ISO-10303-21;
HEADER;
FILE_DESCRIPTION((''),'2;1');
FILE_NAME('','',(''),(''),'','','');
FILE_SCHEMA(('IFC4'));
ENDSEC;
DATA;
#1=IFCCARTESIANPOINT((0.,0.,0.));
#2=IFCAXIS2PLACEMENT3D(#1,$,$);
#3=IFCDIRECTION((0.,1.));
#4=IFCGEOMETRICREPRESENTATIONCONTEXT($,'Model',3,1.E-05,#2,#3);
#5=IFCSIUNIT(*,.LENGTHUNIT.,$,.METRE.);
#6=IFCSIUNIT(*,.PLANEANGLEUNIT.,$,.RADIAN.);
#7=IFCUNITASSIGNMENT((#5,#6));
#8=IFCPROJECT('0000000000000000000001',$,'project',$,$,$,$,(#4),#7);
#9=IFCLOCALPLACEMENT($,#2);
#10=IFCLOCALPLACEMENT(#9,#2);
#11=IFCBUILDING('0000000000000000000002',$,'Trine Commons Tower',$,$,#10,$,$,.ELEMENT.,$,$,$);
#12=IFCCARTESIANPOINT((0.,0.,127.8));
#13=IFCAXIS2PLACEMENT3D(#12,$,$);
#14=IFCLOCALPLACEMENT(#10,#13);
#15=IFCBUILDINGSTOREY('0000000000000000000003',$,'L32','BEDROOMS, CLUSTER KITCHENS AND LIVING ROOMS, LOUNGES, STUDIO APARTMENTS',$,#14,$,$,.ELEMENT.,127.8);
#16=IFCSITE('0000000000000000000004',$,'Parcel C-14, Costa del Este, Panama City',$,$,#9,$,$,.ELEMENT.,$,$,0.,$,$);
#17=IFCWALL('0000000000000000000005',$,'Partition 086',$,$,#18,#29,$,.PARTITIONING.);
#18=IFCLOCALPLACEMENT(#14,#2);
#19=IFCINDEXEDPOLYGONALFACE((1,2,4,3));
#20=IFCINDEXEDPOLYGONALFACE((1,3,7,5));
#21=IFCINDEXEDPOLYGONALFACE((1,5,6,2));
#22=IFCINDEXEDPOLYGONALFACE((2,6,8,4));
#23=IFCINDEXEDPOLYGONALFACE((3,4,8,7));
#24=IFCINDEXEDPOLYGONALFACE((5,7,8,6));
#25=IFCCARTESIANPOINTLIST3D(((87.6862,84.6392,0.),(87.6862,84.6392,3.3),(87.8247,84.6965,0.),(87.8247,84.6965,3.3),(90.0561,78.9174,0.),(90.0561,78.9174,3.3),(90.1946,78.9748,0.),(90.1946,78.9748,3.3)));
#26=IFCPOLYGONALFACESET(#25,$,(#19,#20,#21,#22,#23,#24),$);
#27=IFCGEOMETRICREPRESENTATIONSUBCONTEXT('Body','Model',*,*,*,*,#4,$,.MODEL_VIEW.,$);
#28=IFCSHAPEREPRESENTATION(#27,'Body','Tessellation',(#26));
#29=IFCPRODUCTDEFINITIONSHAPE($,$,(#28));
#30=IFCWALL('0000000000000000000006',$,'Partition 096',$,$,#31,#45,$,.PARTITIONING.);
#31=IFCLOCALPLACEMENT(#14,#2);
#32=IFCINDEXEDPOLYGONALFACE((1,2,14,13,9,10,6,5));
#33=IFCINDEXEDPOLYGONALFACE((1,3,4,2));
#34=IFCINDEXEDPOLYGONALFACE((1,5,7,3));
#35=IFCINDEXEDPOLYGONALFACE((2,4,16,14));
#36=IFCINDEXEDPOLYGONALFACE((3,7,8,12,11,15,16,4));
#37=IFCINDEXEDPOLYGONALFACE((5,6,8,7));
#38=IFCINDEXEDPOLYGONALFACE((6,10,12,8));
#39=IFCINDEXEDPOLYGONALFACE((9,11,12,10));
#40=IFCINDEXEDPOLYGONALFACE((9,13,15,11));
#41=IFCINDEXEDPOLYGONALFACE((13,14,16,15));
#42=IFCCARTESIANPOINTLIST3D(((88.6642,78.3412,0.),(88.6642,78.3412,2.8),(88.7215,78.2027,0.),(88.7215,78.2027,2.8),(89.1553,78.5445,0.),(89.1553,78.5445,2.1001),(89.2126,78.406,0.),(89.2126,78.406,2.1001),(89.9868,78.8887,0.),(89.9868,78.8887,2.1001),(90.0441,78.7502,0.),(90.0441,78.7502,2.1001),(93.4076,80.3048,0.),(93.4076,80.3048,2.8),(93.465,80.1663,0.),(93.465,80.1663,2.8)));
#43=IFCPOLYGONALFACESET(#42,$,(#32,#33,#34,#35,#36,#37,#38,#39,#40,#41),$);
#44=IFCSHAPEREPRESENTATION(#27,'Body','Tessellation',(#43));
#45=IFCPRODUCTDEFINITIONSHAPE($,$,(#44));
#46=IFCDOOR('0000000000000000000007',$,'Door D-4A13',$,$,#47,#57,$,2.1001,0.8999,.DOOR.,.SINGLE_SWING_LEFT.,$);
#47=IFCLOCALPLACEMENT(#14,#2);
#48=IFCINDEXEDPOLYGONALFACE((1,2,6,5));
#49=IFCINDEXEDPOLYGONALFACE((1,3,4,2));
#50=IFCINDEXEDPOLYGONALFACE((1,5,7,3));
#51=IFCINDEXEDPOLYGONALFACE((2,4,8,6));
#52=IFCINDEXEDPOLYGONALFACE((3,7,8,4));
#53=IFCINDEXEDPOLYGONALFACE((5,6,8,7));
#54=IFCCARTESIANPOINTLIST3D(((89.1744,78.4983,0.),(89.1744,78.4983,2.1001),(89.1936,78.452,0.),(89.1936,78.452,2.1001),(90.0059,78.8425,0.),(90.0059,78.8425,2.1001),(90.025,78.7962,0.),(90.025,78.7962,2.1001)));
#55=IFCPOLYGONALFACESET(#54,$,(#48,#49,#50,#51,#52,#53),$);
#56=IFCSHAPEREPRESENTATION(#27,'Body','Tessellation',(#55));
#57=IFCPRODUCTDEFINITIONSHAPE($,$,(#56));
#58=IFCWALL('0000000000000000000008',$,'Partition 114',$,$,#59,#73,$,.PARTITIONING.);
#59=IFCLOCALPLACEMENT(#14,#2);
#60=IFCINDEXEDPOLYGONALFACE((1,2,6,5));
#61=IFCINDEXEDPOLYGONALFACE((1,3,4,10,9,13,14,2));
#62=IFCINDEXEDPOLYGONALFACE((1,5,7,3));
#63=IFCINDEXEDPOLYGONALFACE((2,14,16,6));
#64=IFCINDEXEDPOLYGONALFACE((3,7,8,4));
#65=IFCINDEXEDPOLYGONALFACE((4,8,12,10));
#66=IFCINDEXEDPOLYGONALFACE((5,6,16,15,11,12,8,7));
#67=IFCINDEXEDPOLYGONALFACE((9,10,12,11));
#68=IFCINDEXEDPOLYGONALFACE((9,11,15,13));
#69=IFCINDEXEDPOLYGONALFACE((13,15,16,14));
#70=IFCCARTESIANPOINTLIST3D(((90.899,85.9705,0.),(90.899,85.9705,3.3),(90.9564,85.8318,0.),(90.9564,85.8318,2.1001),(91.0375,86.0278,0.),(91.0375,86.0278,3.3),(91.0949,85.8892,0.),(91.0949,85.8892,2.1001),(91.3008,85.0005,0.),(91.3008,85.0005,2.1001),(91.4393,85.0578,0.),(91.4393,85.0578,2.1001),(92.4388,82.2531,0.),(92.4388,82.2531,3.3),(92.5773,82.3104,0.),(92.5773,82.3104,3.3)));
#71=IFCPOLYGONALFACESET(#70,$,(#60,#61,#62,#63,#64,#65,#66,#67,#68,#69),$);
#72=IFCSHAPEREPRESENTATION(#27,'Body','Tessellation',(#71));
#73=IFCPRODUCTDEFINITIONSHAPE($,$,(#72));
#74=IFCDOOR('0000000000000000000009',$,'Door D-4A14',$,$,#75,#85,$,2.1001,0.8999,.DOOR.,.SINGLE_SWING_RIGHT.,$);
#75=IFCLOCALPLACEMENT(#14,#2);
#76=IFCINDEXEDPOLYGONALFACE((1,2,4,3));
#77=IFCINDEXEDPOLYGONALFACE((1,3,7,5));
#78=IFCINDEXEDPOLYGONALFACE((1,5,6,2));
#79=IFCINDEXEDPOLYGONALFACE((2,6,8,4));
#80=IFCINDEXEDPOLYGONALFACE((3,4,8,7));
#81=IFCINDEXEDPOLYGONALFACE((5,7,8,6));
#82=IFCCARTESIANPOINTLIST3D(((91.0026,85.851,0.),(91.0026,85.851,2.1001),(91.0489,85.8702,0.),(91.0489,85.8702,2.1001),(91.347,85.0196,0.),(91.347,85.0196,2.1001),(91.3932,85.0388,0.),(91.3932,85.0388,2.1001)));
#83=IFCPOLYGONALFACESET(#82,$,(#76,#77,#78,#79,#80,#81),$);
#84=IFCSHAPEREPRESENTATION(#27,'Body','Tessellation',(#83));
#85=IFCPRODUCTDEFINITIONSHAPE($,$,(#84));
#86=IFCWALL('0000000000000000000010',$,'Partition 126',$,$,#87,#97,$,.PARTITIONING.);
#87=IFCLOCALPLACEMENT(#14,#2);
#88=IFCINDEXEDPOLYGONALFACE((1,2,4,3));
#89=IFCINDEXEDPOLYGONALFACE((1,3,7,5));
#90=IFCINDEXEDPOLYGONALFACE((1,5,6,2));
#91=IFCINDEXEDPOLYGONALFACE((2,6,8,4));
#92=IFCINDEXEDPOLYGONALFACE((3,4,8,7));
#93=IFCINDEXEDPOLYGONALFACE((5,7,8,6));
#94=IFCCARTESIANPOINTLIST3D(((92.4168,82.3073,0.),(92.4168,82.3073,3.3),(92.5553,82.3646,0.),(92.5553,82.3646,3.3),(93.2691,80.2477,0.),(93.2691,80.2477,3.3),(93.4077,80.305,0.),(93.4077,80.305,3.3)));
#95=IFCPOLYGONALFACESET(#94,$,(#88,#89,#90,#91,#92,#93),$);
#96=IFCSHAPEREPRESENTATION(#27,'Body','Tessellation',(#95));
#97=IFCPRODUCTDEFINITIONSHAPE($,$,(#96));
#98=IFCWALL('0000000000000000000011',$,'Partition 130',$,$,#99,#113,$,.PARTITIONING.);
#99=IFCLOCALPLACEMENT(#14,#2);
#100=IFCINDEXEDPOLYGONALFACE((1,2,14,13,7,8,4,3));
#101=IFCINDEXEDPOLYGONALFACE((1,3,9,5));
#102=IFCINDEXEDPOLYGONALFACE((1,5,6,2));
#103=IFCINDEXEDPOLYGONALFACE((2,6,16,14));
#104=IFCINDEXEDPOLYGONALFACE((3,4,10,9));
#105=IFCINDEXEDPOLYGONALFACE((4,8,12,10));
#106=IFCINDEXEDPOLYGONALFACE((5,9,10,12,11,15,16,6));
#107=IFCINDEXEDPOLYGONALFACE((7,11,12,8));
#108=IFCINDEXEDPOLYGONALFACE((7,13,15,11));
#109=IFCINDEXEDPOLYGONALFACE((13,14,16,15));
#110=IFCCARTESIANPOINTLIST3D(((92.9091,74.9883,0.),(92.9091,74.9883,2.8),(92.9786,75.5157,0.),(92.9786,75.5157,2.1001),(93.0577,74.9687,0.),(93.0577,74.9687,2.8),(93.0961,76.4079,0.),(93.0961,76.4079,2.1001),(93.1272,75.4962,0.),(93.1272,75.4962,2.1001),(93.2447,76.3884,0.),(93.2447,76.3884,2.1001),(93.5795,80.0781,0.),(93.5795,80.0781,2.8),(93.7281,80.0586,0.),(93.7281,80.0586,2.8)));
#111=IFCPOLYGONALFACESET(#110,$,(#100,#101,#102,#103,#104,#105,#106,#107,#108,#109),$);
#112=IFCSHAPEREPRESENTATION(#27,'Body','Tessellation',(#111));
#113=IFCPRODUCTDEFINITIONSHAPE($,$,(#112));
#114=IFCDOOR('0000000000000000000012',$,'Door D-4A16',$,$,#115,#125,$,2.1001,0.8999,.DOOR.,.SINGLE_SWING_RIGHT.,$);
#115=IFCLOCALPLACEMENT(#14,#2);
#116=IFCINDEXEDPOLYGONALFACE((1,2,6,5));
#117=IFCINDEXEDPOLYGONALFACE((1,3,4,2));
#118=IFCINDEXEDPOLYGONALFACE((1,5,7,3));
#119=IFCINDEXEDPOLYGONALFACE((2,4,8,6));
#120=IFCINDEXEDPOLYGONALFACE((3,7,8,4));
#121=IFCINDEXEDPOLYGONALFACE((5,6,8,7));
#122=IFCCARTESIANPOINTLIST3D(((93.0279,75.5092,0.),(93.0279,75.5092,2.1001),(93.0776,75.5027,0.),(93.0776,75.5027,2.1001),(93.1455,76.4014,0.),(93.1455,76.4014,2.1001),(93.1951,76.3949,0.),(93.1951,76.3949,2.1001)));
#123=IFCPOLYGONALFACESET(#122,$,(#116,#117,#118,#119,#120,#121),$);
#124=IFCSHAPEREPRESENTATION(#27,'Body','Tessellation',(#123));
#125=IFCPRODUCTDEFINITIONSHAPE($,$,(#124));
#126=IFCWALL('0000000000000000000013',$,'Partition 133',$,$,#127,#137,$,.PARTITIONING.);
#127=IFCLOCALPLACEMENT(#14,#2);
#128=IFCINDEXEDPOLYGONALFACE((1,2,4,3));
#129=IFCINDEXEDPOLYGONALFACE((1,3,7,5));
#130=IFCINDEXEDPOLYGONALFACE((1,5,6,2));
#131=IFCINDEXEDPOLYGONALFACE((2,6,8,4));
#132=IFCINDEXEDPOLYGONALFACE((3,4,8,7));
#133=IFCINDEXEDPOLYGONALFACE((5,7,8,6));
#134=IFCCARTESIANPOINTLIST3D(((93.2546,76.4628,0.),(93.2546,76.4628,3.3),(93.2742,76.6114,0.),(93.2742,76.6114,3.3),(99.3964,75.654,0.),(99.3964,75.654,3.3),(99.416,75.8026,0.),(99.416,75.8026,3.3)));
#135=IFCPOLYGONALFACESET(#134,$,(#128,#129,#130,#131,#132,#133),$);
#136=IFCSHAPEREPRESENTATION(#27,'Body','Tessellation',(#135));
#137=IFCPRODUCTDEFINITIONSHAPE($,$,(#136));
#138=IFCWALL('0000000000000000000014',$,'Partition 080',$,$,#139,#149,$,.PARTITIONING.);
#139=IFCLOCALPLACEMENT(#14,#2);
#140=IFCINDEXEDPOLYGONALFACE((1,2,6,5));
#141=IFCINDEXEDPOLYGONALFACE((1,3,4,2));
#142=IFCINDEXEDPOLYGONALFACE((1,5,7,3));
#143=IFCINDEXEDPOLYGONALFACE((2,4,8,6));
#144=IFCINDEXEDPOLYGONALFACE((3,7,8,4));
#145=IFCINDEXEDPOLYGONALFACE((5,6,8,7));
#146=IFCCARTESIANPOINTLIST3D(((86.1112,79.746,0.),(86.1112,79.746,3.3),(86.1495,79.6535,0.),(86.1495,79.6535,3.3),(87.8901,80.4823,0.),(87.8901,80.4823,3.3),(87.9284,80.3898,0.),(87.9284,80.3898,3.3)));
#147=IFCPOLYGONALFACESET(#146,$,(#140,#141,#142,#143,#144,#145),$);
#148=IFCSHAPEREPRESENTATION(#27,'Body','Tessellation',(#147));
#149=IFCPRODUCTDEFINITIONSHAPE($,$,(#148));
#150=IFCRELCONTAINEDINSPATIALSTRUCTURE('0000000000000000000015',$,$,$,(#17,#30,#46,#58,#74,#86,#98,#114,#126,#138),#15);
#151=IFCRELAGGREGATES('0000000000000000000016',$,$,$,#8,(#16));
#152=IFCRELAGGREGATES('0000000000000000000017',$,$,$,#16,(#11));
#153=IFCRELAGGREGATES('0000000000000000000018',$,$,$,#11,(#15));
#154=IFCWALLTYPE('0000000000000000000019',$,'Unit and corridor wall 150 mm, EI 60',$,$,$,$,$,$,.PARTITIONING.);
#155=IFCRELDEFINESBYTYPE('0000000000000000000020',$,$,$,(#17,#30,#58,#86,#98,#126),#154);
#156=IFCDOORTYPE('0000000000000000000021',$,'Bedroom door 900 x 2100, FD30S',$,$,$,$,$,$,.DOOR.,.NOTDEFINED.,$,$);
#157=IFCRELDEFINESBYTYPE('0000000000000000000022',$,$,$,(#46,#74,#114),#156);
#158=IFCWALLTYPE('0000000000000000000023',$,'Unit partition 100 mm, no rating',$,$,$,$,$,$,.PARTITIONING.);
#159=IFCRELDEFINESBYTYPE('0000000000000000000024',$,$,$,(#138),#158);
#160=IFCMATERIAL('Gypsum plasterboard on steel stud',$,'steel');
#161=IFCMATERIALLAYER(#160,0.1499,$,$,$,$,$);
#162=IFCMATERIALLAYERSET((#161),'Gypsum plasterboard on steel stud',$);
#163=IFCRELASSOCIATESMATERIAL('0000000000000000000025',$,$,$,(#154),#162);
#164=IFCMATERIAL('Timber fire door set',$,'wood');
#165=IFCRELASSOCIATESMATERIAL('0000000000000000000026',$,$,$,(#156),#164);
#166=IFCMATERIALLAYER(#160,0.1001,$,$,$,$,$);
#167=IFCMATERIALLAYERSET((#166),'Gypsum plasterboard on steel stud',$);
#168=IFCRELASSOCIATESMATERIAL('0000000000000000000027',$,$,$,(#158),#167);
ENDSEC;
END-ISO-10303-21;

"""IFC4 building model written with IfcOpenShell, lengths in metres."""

from ifc_helpers import new_model, si_unit, direction, frame, frame_2d, origin, place, context, subcontext, project, spatial, rectangle, extrude, material, layer, layer_set, type_object, element, fill, save


model = new_model("IFC4")

# Units and contexts
model_context = context("Model", 3, precision=1e-05, world=origin(), true_north=direction((0.0, 1.0)))
body_context = subcontext(model_context, "Body", "Model", "MODEL_VIEW")
ifc_project = project(units=[si_unit("LENGTHUNIT", "METRE"), si_unit("PLANEANGLEUNIT", "RADIAN")], contexts=[model_context])

# Site, building, storey
site_placement = place(None, origin())
site = spatial("IfcSite", under=ifc_project, at=site_placement, Name="Parcel C-14, Costa del Este, Panama City", CompositionType="ELEMENT", RefElevation=0.0)
building_placement = place(site_placement, origin())
building = spatial("IfcBuilding", under=site, at=building_placement, Name="Trine Commons Tower", CompositionType="ELEMENT")
storey_placement = place(building_placement, frame((0.0, 0.0, 127.8)))
storey = spatial("IfcBuildingStorey", under=building, at=storey_placement, Name="L32", Description="BEDROOMS, CLUSTER KITCHENS AND LIVING ROOMS, LOUNGES, STUDIO APARTMENTS", CompositionType="ELEMENT", Elevation=127.8)

# Shared definitions
ifc_material_1 = material(Name="Gypsum plasterboard on steel stud", Category="steel")
ifc_layer_1 = layer(ifc_material_1, 0.1499)
ifc_layer_set_1 = layer_set([ifc_layer_1], Name="Gypsum plasterboard on steel stud")
wall_type_1 = type_object("IfcWallType", Name="Unit and corridor wall 150 mm, EI 60", PredefinedType="PARTITIONING", material=ifc_layer_set_1)

# Shared definitions
ifc_material_2 = material(Name="Timber fire door set", Category="wood")

# Wall
wall_1_placement = place(storey_placement, frame((87.7554, 84.668, 0.0), z_axis=(0.0, 0.0, 1.0), x_axis=(0.382666, -0.923887, 0.0)))
element("IfcWall", 1, at=wall_1_placement, inside=storey, type_object=wall_type_1, Name="Partition 086", PredefinedType="PARTITIONING", context=body_context, shape_type="SweptSolid", body=[
    extrude(rectangle(XDim=6.1931, YDim=0.1499, at=frame_2d((3.0967, 0.0))), origin(), (0.0, 0.0, 1.0), 3.3),
])

# Walls, openings, doors
wall_2_placement = place(storey_placement, frame((88.6929, 78.272, 0.0), z_axis=(0.0, 0.0, 1.0), x_axis=(0.923959, 0.38249, 0.0)))
wall_2 = element("IfcWall", 2, at=wall_2_placement, inside=storey, type_object=wall_type_1, Name="Partition 096", PredefinedType="PARTITIONING", context=body_context, shape_type="SweptSolid", body=[
    extrude(rectangle(XDim=5.1338, YDim=0.1499, at=frame_2d((2.5669, 0.0))), origin(), (0.0, 0.0, 1.0), 2.8),
])
opening_1_placement = place(wall_2_placement, frame((0.5315, 0.0, 0.0)))
opening_1 = element("IfcOpeningElement", 3, at=opening_1_placement, cuts=wall_2, PredefinedType="OPENING", context=body_context, shape_type="SweptSolid", body=[
    extrude(rectangle(XDim=0.8999, YDim=2.1001, at=frame_2d((0.45, 1.05))), frame((0.0, 0.085, 0.0), z_axis=(0.0, -1.0, 0.0), x_axis=(1.0, 0.0, 0.0)), (0.0, 0.0, 1.0), 0.1699),
])
door_type_1 = type_object("IfcDoorType", Name="Bedroom door 900 x 2100, FD30S", OperationType="NOTDEFINED", PredefinedType="DOOR", material=ifc_material_2)
door_1_placement = place(opening_1_placement, origin())
door_1 = element("IfcDoor", 4, at=door_1_placement, inside=storey, type_object=door_type_1, Name="Door D-4A13", OperationType="SINGLE_SWING_LEFT", OverallHeight=2.1001, OverallWidth=0.8999, PredefinedType="DOOR", context=body_context, shape_type="SweptSolid", body=[
    extrude(rectangle(XDim=0.8999, YDim=2.1001, at=frame_2d((0.45, 1.05))), frame((0.0, 0.0249, 0.0), z_axis=(0.0, -1.0, 0.0), x_axis=(1.0, 0.0, 0.0)), (0.0, 0.0, 1.0), 0.05),
])
fill(opening_1, door_1)
wall_3_placement = place(storey_placement, frame((90.9683, 85.999, 0.0), z_axis=(0.0, 0.0, 1.0), x_axis=(0.382693, -0.923876, 0.0)))
wall_3 = element("IfcWall", 5, at=wall_3_placement, inside=storey, type_object=wall_type_1, Name="Partition 114", PredefinedType="PARTITIONING", context=body_context, shape_type="SweptSolid", body=[
    extrude(rectangle(XDim=4.0237, YDim=0.1499, at=frame_2d((2.0117, 0.0))), origin(), (0.0, 0.0, 1.0), 3.3),
])
opening_2_placement = place(wall_3_placement, frame((0.1499, 0.0, 0.0)))
opening_2 = element("IfcOpeningElement", 6, at=opening_2_placement, cuts=wall_3, PredefinedType="OPENING", context=body_context, shape_type="SweptSolid", body=[
    extrude(rectangle(XDim=0.8999, YDim=2.1001, at=frame_2d((0.45, 1.05))), frame((0.0, 0.085, 0.0), z_axis=(0.0, -1.0, 0.0), x_axis=(1.0, 0.0, 0.0)), (0.0, 0.0, 1.0), 0.1699),
])
door_2_placement = place(opening_2_placement, frame((0.8999, 0.0, 0.0), z_axis=(0.0, 0.0, 1.0), x_axis=(-1.0, 0.0, 0.0)))
door_2 = element("IfcDoor", 7, at=door_2_placement, inside=storey, type_object=door_type_1, Name="Door D-4A14", OperationType="SINGLE_SWING_RIGHT", OverallHeight=2.1001, OverallWidth=0.8999, PredefinedType="DOOR", context=body_context, shape_type="SweptSolid", body=[
    extrude(rectangle(XDim=0.8999, YDim=2.1001, at=frame_2d((0.45, 1.05))), frame((0.0, 0.0249, 0.0), z_axis=(0.0, -1.0, 0.0), x_axis=(1.0, 0.0, 0.0)), (0.0, 0.0, 1.0), 0.05),
])
fill(opening_2, door_2)

# Wall
wall_4_placement = place(storey_placement, frame((92.4861, 82.3359, 0.0), z_axis=(0.0, 0.0, 1.0), x_axis=(0.382374, -0.924007, 0.0)))
element("IfcWall", 8, at=wall_4_placement, inside=storey, type_object=wall_type_1, Name="Partition 126", PredefinedType="PARTITIONING", context=body_context, shape_type="SweptSolid", body=[
    extrude(rectangle(XDim=2.229, YDim=0.1499, at=frame_2d((1.1145, 0.0))), origin(), (0.0, 0.0, 1.0), 3.3),
])

# Wall, opening, door
wall_5_placement = place(storey_placement, frame((92.9834, 74.9785, 0.0), z_axis=(0.0, 0.0, 1.0), x_axis=(0.130587, 0.991437, 0.0)))
wall_5 = element("IfcWall", 9, at=wall_5_placement, inside=storey, type_object=wall_type_1, Name="Partition 130", PredefinedType="PARTITIONING", context=body_context, shape_type="SweptSolid", body=[
    extrude(rectangle(XDim=5.1338, YDim=0.1499, at=frame_2d((2.5669, 0.0))), origin(), (0.0, 0.0, 1.0), 2.8),
])
opening_3_placement = place(wall_5_placement, frame((0.532, 0.0, 0.0)))
opening_3 = element("IfcOpeningElement", 10, at=opening_3_placement, cuts=wall_5, PredefinedType="OPENING", context=body_context, shape_type="SweptSolid", body=[
    extrude(rectangle(XDim=0.8999, YDim=2.1001, at=frame_2d((0.45, 1.05))), frame((0.0, 0.085, 0.0), z_axis=(0.0, -1.0, 0.0), x_axis=(1.0, 0.0, 0.0)), (0.0, 0.0, 1.0), 0.1699),
])
door_3_placement = place(opening_3_placement, frame((0.8999, 0.0, 0.0), z_axis=(0.0, 0.0, 1.0), x_axis=(-1.0, 0.0, 0.0)))
door_3 = element("IfcDoor", 11, at=door_3_placement, inside=storey, type_object=door_type_1, Name="Door D-4A16", OperationType="SINGLE_SWING_RIGHT", OverallHeight=2.1001, OverallWidth=0.8999, PredefinedType="DOOR", context=body_context, shape_type="SweptSolid", body=[
    extrude(rectangle(XDim=0.8999, YDim=2.1001, at=frame_2d((0.45, 1.05))), frame((0.0, 0.0249, 0.0), z_axis=(0.0, -1.0, 0.0), x_axis=(1.0, 0.0, 0.0)), (0.0, 0.0, 1.0), 0.05),
])
fill(opening_3, door_3)

# Walls
wall_6_placement = place(storey_placement, frame((93.2644, 76.5371, 0.0), z_axis=(0.0, 0.0, 1.0), x_axis=(0.99144, -0.130566, 0.0)))
element("IfcWall", 12, at=wall_6_placement, inside=storey, type_object=wall_type_1, Name="Partition 133", PredefinedType="PARTITIONING", context=body_context, shape_type="SweptSolid", body=[
    extrude(rectangle(XDim=6.1948, YDim=0.1499, at=frame_2d((3.0974, 0.0))), origin(), (0.0, 0.0, 1.0), 3.3),
])
ifc_layer_2 = layer(ifc_material_1, 0.1001)
ifc_layer_set_2 = layer_set([ifc_layer_2], Name="Gypsum plasterboard on steel stud")
wall_type_2 = type_object("IfcWallType", Name="Unit partition 100 mm, no rating", PredefinedType="PARTITIONING", material=ifc_layer_set_2)
wall_7_placement = place(storey_placement, frame((86.1304, 79.6997, 0.0), z_axis=(0.0, 0.0, 1.0), x_axis=(0.923967, 0.382471, 0.0)))
element("IfcWall", 13, at=wall_7_placement, inside=storey, type_object=wall_type_2, Name="Partition 080", PredefinedType="PARTITIONING", context=body_context, shape_type="SweptSolid", body=[
    extrude(rectangle(XDim=1.9253, YDim=0.1001, at=frame_2d((0.9626, 0.0))), origin(), (0.0, 0.0, 1.0), 3.3),
])

save(model, "model.ifc")
